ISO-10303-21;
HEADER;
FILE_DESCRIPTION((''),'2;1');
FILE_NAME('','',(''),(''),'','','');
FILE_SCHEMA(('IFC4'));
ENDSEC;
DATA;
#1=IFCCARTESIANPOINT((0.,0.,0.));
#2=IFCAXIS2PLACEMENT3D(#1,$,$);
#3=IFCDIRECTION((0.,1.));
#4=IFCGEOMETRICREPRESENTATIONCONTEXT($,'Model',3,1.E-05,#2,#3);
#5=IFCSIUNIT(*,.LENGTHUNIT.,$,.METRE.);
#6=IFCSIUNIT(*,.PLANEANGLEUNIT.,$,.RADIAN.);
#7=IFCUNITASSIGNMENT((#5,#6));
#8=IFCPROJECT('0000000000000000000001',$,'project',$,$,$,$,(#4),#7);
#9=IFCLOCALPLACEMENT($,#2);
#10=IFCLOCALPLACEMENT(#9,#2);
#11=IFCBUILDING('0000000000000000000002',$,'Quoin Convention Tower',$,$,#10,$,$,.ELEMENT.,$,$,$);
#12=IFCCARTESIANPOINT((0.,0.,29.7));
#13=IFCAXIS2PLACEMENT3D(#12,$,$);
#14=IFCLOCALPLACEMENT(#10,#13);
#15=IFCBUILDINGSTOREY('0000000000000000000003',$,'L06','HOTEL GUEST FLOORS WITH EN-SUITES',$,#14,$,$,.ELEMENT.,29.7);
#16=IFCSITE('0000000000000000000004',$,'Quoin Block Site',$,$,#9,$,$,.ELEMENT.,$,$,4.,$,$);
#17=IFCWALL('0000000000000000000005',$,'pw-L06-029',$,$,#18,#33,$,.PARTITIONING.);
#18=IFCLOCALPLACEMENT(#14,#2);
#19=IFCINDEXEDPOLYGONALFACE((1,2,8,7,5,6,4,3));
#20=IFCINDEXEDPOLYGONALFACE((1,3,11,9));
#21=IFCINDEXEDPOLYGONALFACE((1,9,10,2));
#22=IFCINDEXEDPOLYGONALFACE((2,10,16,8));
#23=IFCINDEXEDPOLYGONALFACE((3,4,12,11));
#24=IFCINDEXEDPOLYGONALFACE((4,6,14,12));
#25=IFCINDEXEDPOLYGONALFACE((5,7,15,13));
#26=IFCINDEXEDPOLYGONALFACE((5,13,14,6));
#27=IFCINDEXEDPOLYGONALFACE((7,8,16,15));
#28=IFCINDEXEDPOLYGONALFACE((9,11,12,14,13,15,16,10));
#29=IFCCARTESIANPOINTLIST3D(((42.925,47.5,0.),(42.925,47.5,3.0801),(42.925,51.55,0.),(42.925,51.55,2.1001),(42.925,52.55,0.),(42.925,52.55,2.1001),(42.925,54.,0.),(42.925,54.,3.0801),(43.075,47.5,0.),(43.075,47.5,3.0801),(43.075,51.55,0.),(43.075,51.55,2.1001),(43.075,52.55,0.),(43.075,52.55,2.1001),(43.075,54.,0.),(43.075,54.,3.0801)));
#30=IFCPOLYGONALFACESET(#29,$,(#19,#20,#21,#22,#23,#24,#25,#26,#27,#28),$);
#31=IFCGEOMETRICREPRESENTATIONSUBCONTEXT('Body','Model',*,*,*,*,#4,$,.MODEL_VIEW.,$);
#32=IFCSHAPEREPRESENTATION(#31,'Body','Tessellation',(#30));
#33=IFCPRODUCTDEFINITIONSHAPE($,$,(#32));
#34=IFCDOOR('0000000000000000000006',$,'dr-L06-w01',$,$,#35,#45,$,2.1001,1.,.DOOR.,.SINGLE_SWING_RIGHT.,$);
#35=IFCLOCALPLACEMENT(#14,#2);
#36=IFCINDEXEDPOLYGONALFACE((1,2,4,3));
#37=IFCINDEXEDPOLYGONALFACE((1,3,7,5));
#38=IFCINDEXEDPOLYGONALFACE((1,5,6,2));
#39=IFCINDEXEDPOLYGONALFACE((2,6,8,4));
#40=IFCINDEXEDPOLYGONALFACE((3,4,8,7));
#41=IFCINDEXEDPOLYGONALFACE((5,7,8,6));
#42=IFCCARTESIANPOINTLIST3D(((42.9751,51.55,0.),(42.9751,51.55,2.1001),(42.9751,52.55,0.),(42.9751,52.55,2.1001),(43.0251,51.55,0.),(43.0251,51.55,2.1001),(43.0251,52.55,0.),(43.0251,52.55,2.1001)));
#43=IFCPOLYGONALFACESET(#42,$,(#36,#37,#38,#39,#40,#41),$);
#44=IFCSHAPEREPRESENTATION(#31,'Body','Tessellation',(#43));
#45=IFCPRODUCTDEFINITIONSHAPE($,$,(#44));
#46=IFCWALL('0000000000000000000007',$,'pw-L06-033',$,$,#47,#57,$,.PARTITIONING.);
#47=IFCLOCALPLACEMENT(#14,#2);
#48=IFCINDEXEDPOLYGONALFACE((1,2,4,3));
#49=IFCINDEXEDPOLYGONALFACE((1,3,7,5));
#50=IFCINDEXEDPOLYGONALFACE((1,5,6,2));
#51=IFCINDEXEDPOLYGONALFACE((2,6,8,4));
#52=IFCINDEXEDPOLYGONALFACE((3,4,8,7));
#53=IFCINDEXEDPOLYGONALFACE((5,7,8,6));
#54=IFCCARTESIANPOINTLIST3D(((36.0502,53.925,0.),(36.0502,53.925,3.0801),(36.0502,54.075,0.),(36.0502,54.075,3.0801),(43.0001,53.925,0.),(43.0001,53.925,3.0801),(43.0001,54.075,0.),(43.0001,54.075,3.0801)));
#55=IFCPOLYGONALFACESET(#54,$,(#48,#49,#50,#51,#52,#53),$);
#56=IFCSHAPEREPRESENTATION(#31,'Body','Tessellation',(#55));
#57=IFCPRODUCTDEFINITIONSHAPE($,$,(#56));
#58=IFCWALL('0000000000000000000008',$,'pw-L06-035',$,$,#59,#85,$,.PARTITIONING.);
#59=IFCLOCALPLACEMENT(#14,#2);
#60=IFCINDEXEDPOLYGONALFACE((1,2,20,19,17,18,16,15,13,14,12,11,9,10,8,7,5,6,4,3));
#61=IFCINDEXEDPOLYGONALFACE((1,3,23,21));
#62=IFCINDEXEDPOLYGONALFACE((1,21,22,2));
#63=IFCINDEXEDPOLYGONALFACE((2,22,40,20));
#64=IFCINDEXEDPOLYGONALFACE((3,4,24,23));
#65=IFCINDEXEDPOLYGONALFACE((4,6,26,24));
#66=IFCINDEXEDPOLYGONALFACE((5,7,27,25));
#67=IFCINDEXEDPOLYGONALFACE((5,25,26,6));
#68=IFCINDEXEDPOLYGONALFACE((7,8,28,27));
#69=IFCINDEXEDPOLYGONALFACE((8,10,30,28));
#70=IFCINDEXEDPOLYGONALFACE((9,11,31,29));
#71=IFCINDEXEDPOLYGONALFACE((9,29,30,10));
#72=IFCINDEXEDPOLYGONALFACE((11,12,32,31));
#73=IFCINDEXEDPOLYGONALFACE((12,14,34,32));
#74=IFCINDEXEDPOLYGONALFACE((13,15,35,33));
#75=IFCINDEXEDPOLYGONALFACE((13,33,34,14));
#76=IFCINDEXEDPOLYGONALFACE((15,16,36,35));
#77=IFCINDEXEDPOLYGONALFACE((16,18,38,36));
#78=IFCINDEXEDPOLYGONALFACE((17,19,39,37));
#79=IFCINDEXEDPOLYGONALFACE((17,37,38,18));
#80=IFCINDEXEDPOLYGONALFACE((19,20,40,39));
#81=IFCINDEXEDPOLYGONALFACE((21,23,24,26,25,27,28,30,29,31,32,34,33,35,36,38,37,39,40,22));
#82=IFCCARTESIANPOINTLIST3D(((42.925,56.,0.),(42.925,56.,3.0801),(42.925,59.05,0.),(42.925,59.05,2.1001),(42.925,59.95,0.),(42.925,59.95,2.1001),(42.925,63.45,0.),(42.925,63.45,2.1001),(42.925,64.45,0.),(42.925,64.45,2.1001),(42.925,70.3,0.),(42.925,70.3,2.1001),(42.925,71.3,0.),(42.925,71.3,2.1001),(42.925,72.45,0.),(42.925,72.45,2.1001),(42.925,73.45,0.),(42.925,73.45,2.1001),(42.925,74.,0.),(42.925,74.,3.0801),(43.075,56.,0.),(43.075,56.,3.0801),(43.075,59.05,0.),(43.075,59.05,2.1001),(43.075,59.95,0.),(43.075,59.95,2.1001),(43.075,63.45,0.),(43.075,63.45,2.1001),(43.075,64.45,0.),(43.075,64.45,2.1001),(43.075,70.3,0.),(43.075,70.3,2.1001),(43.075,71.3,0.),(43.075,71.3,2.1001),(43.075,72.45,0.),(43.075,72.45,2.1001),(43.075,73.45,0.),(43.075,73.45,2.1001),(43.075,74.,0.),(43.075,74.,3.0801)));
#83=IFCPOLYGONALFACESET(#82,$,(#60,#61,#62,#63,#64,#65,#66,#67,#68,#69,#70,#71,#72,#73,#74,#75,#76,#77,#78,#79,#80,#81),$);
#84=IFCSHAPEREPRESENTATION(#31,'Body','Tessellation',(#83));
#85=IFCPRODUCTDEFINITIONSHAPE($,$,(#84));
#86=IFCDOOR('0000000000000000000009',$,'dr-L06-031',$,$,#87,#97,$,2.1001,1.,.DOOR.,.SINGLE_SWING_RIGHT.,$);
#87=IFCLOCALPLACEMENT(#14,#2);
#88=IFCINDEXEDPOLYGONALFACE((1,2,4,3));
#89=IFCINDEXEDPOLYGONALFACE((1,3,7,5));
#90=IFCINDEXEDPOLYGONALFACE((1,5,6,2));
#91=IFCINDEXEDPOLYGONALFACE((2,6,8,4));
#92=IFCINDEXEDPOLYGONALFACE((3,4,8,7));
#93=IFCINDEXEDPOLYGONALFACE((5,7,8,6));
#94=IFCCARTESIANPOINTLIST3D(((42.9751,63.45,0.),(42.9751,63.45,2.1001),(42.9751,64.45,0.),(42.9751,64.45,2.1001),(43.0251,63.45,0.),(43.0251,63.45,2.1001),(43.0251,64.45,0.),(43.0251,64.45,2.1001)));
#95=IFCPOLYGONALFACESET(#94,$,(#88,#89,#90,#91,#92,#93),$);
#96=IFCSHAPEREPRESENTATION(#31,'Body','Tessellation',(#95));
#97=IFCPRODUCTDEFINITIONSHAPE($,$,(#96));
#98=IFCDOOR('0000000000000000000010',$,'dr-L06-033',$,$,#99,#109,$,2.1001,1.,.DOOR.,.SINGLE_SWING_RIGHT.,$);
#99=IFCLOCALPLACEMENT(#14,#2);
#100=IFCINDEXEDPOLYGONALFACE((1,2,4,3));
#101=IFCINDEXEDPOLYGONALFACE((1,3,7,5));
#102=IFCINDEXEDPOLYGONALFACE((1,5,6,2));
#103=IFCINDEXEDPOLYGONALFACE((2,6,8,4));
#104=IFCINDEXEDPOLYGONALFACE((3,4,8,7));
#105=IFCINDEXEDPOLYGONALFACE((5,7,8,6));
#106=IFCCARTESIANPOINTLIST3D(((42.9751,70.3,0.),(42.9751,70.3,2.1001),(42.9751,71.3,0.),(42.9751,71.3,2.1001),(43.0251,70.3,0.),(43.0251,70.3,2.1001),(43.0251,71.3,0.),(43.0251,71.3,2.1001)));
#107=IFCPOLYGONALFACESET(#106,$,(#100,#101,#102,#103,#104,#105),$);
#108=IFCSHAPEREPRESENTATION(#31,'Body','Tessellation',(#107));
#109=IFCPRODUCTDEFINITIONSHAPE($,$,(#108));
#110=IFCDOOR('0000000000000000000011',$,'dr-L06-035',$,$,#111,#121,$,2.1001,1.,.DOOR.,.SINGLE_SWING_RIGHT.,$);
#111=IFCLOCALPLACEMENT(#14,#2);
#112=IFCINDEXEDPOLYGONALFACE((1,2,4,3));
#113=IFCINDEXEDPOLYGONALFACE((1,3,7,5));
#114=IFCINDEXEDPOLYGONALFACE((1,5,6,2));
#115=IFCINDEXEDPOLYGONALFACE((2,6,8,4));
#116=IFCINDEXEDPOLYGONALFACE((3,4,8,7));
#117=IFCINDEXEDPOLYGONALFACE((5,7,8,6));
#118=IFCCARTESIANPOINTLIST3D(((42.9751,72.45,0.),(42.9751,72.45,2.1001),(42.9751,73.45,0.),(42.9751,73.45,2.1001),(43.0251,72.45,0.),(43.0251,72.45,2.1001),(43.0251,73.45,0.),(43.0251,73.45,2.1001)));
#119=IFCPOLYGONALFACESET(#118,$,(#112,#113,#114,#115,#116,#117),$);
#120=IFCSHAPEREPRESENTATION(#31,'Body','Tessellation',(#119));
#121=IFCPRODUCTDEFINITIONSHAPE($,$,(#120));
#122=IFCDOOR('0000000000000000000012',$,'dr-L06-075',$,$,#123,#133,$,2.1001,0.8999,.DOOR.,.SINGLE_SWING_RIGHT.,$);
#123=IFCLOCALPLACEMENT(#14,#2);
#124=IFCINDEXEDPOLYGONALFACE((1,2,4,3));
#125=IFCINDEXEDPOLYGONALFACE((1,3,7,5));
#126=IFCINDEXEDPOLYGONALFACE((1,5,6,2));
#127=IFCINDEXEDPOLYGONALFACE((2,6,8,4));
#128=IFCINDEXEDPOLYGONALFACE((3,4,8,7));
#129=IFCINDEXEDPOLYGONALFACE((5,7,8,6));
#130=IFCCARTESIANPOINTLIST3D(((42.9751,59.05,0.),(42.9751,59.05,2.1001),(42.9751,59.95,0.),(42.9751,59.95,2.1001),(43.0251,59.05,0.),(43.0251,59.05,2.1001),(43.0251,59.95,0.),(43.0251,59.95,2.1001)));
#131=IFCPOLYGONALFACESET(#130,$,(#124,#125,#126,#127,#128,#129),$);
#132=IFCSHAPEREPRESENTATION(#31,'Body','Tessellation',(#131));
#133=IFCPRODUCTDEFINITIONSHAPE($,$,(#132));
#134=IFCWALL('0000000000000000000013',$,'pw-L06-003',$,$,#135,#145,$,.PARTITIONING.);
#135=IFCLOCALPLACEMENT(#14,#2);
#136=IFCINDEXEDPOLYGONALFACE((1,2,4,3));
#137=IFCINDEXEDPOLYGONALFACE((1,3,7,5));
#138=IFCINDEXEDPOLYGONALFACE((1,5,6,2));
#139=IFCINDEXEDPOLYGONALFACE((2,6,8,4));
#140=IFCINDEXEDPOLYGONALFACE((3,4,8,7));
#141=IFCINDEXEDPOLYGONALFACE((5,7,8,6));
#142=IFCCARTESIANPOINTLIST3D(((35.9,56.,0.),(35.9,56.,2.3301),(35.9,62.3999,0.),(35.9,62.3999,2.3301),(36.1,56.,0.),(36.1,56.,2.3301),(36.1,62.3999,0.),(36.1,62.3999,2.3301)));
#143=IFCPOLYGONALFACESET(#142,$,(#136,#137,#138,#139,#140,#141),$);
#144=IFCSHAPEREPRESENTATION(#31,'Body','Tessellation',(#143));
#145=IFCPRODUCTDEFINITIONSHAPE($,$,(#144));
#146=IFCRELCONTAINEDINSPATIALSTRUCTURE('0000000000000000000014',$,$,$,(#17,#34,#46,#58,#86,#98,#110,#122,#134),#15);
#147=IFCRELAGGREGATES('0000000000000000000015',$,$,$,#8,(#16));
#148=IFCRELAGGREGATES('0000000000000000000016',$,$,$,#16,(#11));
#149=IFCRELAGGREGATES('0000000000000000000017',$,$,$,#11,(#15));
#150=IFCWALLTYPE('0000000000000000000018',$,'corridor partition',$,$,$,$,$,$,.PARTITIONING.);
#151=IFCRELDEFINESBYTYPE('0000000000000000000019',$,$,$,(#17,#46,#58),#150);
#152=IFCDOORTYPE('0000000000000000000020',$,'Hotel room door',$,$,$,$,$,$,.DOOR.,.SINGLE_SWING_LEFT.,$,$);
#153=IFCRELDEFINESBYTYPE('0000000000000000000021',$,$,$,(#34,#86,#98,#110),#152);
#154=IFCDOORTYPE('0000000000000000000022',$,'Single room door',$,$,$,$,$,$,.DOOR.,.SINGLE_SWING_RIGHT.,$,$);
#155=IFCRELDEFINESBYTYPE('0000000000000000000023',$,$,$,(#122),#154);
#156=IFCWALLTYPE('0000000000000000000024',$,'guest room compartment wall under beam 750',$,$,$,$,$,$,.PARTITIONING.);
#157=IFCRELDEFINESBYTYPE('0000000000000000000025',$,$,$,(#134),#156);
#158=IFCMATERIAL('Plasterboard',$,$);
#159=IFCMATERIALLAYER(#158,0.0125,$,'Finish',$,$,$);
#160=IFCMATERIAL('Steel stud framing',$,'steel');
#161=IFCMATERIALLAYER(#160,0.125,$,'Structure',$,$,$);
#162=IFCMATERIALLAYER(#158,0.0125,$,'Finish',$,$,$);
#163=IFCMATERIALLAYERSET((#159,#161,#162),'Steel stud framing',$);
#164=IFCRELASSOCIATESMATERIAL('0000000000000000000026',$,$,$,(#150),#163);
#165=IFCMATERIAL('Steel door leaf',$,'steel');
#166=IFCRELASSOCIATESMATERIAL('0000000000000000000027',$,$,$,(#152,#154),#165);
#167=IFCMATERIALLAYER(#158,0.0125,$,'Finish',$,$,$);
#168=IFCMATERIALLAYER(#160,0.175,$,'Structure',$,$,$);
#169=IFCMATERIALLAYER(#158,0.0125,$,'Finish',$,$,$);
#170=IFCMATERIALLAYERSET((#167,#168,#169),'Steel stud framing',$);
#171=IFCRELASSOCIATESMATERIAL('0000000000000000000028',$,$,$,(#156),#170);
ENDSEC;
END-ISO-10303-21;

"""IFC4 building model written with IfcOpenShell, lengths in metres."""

from ifc_helpers import new_model, si_unit, direction, frame, frame_2d, origin, place, context, subcontext, project, spatial, rectangle, extrude, material, layer, layer_set, type_object, element, fill, save


model = new_model("IFC4")

# Units and contexts
model_context = context("Model", 3, precision=1e-05, world=origin(), true_north=direction((0.0, 1.0)))
body_context = subcontext(model_context, "Body", "Model", "MODEL_VIEW")
ifc_project = project(units=[si_unit("LENGTHUNIT", "METRE"), si_unit("PLANEANGLEUNIT", "RADIAN")], contexts=[model_context])

# Site, building, storey
site_placement = place(None, origin())
site = spatial("IfcSite", under=ifc_project, at=site_placement, Name="Quoin Block Site", CompositionType="ELEMENT", RefElevation=4.0)
building_placement = place(site_placement, origin())
building = spatial("IfcBuilding", under=site, at=building_placement, Name="Quoin Convention Tower", CompositionType="ELEMENT")
storey_placement = place(building_placement, frame((0.0, 0.0, 29.7)))
storey = spatial("IfcBuildingStorey", under=building, at=storey_placement, Name="L06", Description="HOTEL GUEST FLOORS WITH EN-SUITES", CompositionType="ELEMENT", Elevation=29.7)

# Shared definitions
ifc_material_1 = material(Name="Plasterboard")
ifc_material_2 = material(Name="Steel stud framing", Category="steel")
ifc_material_3 = material(Name="Steel door leaf", Category="steel")

# Shared definitions
ifc_layer_1 = layer(ifc_material_1, 0.0125, Name="Finish")
ifc_layer_2 = layer(ifc_material_2, 0.125, Name="Structure")
ifc_layer_3 = layer(ifc_material_1, 0.0125, Name="Finish")
ifc_layer_set_1 = layer_set([ifc_layer_1, ifc_layer_2, ifc_layer_3], Name="Steel stud framing")
wall_type_1 = type_object("IfcWallType", Name="corridor partition", PredefinedType="PARTITIONING", material=ifc_layer_set_1)

# Wall, opening, door
wall_1_placement = place(storey_placement, frame((43.0, 47.5, 0.0), z_axis=(0.0, 0.0, 1.0), x_axis=(0.0, 1.0, 0.0)))
wall_1 = element("IfcWall", 1, at=wall_1_placement, inside=storey, type_object=wall_type_1, Name="pw-L06-029", PredefinedType="PARTITIONING", context=body_context, shape_type="SweptSolid", body=[
    extrude(rectangle(XDim=6.5, YDim=0.1499, at=frame_2d((3.25, 0.0))), origin(), (0.0, 0.0, 1.0), 3.0801),
])
opening_1_placement = place(wall_1_placement, frame((4.05, 0.0, 0.0)))
opening_1 = element("IfcOpeningElement", 2, at=opening_1_placement, cuts=wall_1, PredefinedType="OPENING", context=body_context, shape_type="SweptSolid", body=[
    extrude(rectangle(XDim=1.0, YDim=2.1001, at=frame_2d((0.5, 1.05))), frame((0.0, 0.085, 0.0), z_axis=(0.0, -1.0, 0.0), x_axis=(1.0, 0.0, 0.0)), (0.0, 0.0, 1.0), 0.1699),
])
door_type_1 = type_object("IfcDoorType", Name="Hotel room door", OperationType="SINGLE_SWING_LEFT", PredefinedType="DOOR", material=ifc_material_3)
door_1_placement = place(opening_1_placement, origin())
door_1 = element("IfcDoor", 3, at=door_1_placement, inside=storey, type_object=door_type_1, Name="dr-L06-w01", OperationType="SINGLE_SWING_RIGHT", OverallHeight=2.1001, OverallWidth=1.0, PredefinedType="DOOR", context=body_context, shape_type="SweptSolid", body=[
    extrude(rectangle(XDim=1.0, YDim=2.1001, at=frame_2d((0.5, 1.05))), frame((0.0, 0.0249, 0.0), z_axis=(0.0, -1.0, 0.0), x_axis=(1.0, 0.0, 0.0)), (0.0, 0.0, 1.0), 0.05),
])
fill(opening_1, door_1)

# Wall
wall_2_placement = place(storey_placement, frame((36.05, 54.0, 0.0), z_axis=(0.0, 0.0, 1.0), x_axis=(1.0, 0.0, 0.0)))
element("IfcWall", 4, at=wall_2_placement, inside=storey, type_object=wall_type_1, Name="pw-L06-033", PredefinedType="PARTITIONING", context=body_context, shape_type="SweptSolid", body=[
    extrude(rectangle(XDim=6.95, YDim=0.1499, at=frame_2d((3.4751, 0.0))), origin(), (0.0, 0.0, 1.0), 3.0801),
])

# Wall, openings, doors
wall_3_placement = place(storey_placement, frame((43.0, 56.0, 0.0), z_axis=(0.0, 0.0, 1.0), x_axis=(0.0, 1.0, 0.0)))
wall_3 = element("IfcWall", 5, at=wall_3_placement, inside=storey, type_object=wall_type_1, Name="pw-L06-035", PredefinedType="PARTITIONING", context=body_context, shape_type="SweptSolid", body=[
    extrude(rectangle(XDim=18.0, YDim=0.1499, at=frame_2d((9.0, 0.0))), origin(), (0.0, 0.0, 1.0), 3.0801),
])
opening_2_placement = place(wall_3_placement, frame((7.45, 0.0, 0.0)))
opening_2 = element("IfcOpeningElement", 6, at=opening_2_placement, cuts=wall_3, PredefinedType="OPENING", context=body_context, shape_type="SweptSolid", body=[
    extrude(rectangle(XDim=1.0, YDim=2.1001, at=frame_2d((0.5, 1.05))), frame((0.0, 0.085, 0.0), z_axis=(0.0, -1.0, 0.0), x_axis=(1.0, 0.0, 0.0)), (0.0, 0.0, 1.0), 0.1699),
])
opening_3_placement = place(wall_3_placement, frame((14.3, 0.0, 0.0)))
opening_3 = element("IfcOpeningElement", 7, at=opening_3_placement, cuts=wall_3, PredefinedType="OPENING", context=body_context, shape_type="SweptSolid", body=[
    extrude(rectangle(XDim=1.0, YDim=2.1001, at=frame_2d((0.5, 1.05))), frame((0.0, 0.085, 0.0), z_axis=(0.0, -1.0, 0.0), x_axis=(1.0, 0.0, 0.0)), (0.0, 0.0, 1.0), 0.1699),
])
opening_4_placement = place(wall_3_placement, frame((16.45, 0.0, 0.0)))
opening_4 = element("IfcOpeningElement", 8, at=opening_4_placement, cuts=wall_3, PredefinedType="OPENING", context=body_context, shape_type="SweptSolid", body=[
    extrude(rectangle(XDim=1.0, YDim=2.1001, at=frame_2d((0.5, 1.05))), frame((0.0, 0.085, 0.0), z_axis=(0.0, -1.0, 0.0), x_axis=(1.0, 0.0, 0.0)), (0.0, 0.0, 1.0), 0.1699),
])
opening_5_placement = place(wall_3_placement, frame((3.05, 0.0, 0.0)))
opening_5 = element("IfcOpeningElement", 9, at=opening_5_placement, cuts=wall_3, PredefinedType="OPENING", context=body_context, shape_type="SweptSolid", body=[
    extrude(rectangle(XDim=0.8999, YDim=2.1001, at=frame_2d((0.45, 1.05))), frame((0.0, 0.085, 0.0), z_axis=(0.0, -1.0, 0.0), x_axis=(1.0, 0.0, 0.0)), (0.0, 0.0, 1.0), 0.1699),
])
door_2_placement = place(opening_2_placement, origin())
door_2 = element("IfcDoor", 10, at=door_2_placement, inside=storey, type_object=door_type_1, Name="dr-L06-031", OperationType="SINGLE_SWING_RIGHT", OverallHeight=2.1001, OverallWidth=1.0, PredefinedType="DOOR", context=body_context, shape_type="SweptSolid", body=[
    extrude(rectangle(XDim=1.0, YDim=2.1001, at=frame_2d((0.5, 1.05))), frame((0.0, 0.0249, 0.0), z_axis=(0.0, -1.0, 0.0), x_axis=(1.0, 0.0, 0.0)), (0.0, 0.0, 1.0), 0.05),
])
fill(opening_2, door_2)
door_3_placement = place(opening_3_placement, origin())
door_3 = element("IfcDoor", 11, at=door_3_placement, inside=storey, type_object=door_type_1, Name="dr-L06-033", OperationType="SINGLE_SWING_RIGHT", OverallHeight=2.1001, OverallWidth=1.0, PredefinedType="DOOR", context=body_context, shape_type="SweptSolid", body=[
    extrude(rectangle(XDim=1.0, YDim=2.1001, at=frame_2d((0.5, 1.05))), frame((0.0, 0.0249, 0.0), z_axis=(0.0, -1.0, 0.0), x_axis=(1.0, 0.0, 0.0)), (0.0, 0.0, 1.0), 0.05),
])
fill(opening_3, door_3)
door_4_placement = place(opening_4_placement, origin())
door_4 = element("IfcDoor", 12, at=door_4_placement, inside=storey, type_object=door_type_1, Name="dr-L06-035", OperationType="SINGLE_SWING_RIGHT", OverallHeight=2.1001, OverallWidth=1.0, PredefinedType="DOOR", context=body_context, shape_type="SweptSolid", body=[
    extrude(rectangle(XDim=1.0, YDim=2.1001, at=frame_2d((0.5, 1.05))), frame((0.0, 0.0249, 0.0), z_axis=(0.0, -1.0, 0.0), x_axis=(1.0, 0.0, 0.0)), (0.0, 0.0, 1.0), 0.05),
])
fill(opening_4, door_4)
door_type_2 = type_object("IfcDoorType", Name="Single room door", OperationType="SINGLE_SWING_RIGHT", PredefinedType="DOOR", material=ifc_material_3)
door_5_placement = place(opening_5_placement, origin())
door_5 = element("IfcDoor", 13, at=door_5_placement, inside=storey, type_object=door_type_2, Name="dr-L06-075", OperationType="SINGLE_SWING_RIGHT", OverallHeight=2.1001, OverallWidth=0.8999, PredefinedType="DOOR", context=body_context, shape_type="SweptSolid", body=[
    extrude(rectangle(XDim=0.8999, YDim=2.1001, at=frame_2d((0.45, 1.05))), frame((0.0, 0.0249, 0.0), z_axis=(0.0, -1.0, 0.0), x_axis=(1.0, 0.0, 0.0)), (0.0, 0.0, 1.0), 0.05),
])
fill(opening_5, door_5)

# Wall
ifc_layer_4 = layer(ifc_material_1, 0.0125, Name="Finish")
ifc_layer_5 = layer(ifc_material_2, 0.175, Name="Structure")
ifc_layer_6 = layer(ifc_material_1, 0.0125, Name="Finish")
ifc_layer_set_2 = layer_set([ifc_layer_4, ifc_layer_5, ifc_layer_6], Name="Steel stud framing")
wall_type_2 = type_object("IfcWallType", Name="guest room compartment wall under beam 750", PredefinedType="PARTITIONING", material=ifc_layer_set_2)
wall_4_placement = place(storey_placement, frame((36.0, 56.0, 0.0), z_axis=(0.0, 0.0, 1.0), x_axis=(0.0, 1.0, 0.0)))
element("IfcWall", 14, at=wall_4_placement, inside=storey, type_object=wall_type_2, Name="pw-L06-003", PredefinedType="PARTITIONING", context=body_context, shape_type="SweptSolid", body=[
    extrude(rectangle(XDim=6.3999, YDim=0.2, at=frame_2d((3.2, 0.0))), origin(), (0.0, 0.0, 1.0), 2.3301),
])

save(model, "model.ifc")
